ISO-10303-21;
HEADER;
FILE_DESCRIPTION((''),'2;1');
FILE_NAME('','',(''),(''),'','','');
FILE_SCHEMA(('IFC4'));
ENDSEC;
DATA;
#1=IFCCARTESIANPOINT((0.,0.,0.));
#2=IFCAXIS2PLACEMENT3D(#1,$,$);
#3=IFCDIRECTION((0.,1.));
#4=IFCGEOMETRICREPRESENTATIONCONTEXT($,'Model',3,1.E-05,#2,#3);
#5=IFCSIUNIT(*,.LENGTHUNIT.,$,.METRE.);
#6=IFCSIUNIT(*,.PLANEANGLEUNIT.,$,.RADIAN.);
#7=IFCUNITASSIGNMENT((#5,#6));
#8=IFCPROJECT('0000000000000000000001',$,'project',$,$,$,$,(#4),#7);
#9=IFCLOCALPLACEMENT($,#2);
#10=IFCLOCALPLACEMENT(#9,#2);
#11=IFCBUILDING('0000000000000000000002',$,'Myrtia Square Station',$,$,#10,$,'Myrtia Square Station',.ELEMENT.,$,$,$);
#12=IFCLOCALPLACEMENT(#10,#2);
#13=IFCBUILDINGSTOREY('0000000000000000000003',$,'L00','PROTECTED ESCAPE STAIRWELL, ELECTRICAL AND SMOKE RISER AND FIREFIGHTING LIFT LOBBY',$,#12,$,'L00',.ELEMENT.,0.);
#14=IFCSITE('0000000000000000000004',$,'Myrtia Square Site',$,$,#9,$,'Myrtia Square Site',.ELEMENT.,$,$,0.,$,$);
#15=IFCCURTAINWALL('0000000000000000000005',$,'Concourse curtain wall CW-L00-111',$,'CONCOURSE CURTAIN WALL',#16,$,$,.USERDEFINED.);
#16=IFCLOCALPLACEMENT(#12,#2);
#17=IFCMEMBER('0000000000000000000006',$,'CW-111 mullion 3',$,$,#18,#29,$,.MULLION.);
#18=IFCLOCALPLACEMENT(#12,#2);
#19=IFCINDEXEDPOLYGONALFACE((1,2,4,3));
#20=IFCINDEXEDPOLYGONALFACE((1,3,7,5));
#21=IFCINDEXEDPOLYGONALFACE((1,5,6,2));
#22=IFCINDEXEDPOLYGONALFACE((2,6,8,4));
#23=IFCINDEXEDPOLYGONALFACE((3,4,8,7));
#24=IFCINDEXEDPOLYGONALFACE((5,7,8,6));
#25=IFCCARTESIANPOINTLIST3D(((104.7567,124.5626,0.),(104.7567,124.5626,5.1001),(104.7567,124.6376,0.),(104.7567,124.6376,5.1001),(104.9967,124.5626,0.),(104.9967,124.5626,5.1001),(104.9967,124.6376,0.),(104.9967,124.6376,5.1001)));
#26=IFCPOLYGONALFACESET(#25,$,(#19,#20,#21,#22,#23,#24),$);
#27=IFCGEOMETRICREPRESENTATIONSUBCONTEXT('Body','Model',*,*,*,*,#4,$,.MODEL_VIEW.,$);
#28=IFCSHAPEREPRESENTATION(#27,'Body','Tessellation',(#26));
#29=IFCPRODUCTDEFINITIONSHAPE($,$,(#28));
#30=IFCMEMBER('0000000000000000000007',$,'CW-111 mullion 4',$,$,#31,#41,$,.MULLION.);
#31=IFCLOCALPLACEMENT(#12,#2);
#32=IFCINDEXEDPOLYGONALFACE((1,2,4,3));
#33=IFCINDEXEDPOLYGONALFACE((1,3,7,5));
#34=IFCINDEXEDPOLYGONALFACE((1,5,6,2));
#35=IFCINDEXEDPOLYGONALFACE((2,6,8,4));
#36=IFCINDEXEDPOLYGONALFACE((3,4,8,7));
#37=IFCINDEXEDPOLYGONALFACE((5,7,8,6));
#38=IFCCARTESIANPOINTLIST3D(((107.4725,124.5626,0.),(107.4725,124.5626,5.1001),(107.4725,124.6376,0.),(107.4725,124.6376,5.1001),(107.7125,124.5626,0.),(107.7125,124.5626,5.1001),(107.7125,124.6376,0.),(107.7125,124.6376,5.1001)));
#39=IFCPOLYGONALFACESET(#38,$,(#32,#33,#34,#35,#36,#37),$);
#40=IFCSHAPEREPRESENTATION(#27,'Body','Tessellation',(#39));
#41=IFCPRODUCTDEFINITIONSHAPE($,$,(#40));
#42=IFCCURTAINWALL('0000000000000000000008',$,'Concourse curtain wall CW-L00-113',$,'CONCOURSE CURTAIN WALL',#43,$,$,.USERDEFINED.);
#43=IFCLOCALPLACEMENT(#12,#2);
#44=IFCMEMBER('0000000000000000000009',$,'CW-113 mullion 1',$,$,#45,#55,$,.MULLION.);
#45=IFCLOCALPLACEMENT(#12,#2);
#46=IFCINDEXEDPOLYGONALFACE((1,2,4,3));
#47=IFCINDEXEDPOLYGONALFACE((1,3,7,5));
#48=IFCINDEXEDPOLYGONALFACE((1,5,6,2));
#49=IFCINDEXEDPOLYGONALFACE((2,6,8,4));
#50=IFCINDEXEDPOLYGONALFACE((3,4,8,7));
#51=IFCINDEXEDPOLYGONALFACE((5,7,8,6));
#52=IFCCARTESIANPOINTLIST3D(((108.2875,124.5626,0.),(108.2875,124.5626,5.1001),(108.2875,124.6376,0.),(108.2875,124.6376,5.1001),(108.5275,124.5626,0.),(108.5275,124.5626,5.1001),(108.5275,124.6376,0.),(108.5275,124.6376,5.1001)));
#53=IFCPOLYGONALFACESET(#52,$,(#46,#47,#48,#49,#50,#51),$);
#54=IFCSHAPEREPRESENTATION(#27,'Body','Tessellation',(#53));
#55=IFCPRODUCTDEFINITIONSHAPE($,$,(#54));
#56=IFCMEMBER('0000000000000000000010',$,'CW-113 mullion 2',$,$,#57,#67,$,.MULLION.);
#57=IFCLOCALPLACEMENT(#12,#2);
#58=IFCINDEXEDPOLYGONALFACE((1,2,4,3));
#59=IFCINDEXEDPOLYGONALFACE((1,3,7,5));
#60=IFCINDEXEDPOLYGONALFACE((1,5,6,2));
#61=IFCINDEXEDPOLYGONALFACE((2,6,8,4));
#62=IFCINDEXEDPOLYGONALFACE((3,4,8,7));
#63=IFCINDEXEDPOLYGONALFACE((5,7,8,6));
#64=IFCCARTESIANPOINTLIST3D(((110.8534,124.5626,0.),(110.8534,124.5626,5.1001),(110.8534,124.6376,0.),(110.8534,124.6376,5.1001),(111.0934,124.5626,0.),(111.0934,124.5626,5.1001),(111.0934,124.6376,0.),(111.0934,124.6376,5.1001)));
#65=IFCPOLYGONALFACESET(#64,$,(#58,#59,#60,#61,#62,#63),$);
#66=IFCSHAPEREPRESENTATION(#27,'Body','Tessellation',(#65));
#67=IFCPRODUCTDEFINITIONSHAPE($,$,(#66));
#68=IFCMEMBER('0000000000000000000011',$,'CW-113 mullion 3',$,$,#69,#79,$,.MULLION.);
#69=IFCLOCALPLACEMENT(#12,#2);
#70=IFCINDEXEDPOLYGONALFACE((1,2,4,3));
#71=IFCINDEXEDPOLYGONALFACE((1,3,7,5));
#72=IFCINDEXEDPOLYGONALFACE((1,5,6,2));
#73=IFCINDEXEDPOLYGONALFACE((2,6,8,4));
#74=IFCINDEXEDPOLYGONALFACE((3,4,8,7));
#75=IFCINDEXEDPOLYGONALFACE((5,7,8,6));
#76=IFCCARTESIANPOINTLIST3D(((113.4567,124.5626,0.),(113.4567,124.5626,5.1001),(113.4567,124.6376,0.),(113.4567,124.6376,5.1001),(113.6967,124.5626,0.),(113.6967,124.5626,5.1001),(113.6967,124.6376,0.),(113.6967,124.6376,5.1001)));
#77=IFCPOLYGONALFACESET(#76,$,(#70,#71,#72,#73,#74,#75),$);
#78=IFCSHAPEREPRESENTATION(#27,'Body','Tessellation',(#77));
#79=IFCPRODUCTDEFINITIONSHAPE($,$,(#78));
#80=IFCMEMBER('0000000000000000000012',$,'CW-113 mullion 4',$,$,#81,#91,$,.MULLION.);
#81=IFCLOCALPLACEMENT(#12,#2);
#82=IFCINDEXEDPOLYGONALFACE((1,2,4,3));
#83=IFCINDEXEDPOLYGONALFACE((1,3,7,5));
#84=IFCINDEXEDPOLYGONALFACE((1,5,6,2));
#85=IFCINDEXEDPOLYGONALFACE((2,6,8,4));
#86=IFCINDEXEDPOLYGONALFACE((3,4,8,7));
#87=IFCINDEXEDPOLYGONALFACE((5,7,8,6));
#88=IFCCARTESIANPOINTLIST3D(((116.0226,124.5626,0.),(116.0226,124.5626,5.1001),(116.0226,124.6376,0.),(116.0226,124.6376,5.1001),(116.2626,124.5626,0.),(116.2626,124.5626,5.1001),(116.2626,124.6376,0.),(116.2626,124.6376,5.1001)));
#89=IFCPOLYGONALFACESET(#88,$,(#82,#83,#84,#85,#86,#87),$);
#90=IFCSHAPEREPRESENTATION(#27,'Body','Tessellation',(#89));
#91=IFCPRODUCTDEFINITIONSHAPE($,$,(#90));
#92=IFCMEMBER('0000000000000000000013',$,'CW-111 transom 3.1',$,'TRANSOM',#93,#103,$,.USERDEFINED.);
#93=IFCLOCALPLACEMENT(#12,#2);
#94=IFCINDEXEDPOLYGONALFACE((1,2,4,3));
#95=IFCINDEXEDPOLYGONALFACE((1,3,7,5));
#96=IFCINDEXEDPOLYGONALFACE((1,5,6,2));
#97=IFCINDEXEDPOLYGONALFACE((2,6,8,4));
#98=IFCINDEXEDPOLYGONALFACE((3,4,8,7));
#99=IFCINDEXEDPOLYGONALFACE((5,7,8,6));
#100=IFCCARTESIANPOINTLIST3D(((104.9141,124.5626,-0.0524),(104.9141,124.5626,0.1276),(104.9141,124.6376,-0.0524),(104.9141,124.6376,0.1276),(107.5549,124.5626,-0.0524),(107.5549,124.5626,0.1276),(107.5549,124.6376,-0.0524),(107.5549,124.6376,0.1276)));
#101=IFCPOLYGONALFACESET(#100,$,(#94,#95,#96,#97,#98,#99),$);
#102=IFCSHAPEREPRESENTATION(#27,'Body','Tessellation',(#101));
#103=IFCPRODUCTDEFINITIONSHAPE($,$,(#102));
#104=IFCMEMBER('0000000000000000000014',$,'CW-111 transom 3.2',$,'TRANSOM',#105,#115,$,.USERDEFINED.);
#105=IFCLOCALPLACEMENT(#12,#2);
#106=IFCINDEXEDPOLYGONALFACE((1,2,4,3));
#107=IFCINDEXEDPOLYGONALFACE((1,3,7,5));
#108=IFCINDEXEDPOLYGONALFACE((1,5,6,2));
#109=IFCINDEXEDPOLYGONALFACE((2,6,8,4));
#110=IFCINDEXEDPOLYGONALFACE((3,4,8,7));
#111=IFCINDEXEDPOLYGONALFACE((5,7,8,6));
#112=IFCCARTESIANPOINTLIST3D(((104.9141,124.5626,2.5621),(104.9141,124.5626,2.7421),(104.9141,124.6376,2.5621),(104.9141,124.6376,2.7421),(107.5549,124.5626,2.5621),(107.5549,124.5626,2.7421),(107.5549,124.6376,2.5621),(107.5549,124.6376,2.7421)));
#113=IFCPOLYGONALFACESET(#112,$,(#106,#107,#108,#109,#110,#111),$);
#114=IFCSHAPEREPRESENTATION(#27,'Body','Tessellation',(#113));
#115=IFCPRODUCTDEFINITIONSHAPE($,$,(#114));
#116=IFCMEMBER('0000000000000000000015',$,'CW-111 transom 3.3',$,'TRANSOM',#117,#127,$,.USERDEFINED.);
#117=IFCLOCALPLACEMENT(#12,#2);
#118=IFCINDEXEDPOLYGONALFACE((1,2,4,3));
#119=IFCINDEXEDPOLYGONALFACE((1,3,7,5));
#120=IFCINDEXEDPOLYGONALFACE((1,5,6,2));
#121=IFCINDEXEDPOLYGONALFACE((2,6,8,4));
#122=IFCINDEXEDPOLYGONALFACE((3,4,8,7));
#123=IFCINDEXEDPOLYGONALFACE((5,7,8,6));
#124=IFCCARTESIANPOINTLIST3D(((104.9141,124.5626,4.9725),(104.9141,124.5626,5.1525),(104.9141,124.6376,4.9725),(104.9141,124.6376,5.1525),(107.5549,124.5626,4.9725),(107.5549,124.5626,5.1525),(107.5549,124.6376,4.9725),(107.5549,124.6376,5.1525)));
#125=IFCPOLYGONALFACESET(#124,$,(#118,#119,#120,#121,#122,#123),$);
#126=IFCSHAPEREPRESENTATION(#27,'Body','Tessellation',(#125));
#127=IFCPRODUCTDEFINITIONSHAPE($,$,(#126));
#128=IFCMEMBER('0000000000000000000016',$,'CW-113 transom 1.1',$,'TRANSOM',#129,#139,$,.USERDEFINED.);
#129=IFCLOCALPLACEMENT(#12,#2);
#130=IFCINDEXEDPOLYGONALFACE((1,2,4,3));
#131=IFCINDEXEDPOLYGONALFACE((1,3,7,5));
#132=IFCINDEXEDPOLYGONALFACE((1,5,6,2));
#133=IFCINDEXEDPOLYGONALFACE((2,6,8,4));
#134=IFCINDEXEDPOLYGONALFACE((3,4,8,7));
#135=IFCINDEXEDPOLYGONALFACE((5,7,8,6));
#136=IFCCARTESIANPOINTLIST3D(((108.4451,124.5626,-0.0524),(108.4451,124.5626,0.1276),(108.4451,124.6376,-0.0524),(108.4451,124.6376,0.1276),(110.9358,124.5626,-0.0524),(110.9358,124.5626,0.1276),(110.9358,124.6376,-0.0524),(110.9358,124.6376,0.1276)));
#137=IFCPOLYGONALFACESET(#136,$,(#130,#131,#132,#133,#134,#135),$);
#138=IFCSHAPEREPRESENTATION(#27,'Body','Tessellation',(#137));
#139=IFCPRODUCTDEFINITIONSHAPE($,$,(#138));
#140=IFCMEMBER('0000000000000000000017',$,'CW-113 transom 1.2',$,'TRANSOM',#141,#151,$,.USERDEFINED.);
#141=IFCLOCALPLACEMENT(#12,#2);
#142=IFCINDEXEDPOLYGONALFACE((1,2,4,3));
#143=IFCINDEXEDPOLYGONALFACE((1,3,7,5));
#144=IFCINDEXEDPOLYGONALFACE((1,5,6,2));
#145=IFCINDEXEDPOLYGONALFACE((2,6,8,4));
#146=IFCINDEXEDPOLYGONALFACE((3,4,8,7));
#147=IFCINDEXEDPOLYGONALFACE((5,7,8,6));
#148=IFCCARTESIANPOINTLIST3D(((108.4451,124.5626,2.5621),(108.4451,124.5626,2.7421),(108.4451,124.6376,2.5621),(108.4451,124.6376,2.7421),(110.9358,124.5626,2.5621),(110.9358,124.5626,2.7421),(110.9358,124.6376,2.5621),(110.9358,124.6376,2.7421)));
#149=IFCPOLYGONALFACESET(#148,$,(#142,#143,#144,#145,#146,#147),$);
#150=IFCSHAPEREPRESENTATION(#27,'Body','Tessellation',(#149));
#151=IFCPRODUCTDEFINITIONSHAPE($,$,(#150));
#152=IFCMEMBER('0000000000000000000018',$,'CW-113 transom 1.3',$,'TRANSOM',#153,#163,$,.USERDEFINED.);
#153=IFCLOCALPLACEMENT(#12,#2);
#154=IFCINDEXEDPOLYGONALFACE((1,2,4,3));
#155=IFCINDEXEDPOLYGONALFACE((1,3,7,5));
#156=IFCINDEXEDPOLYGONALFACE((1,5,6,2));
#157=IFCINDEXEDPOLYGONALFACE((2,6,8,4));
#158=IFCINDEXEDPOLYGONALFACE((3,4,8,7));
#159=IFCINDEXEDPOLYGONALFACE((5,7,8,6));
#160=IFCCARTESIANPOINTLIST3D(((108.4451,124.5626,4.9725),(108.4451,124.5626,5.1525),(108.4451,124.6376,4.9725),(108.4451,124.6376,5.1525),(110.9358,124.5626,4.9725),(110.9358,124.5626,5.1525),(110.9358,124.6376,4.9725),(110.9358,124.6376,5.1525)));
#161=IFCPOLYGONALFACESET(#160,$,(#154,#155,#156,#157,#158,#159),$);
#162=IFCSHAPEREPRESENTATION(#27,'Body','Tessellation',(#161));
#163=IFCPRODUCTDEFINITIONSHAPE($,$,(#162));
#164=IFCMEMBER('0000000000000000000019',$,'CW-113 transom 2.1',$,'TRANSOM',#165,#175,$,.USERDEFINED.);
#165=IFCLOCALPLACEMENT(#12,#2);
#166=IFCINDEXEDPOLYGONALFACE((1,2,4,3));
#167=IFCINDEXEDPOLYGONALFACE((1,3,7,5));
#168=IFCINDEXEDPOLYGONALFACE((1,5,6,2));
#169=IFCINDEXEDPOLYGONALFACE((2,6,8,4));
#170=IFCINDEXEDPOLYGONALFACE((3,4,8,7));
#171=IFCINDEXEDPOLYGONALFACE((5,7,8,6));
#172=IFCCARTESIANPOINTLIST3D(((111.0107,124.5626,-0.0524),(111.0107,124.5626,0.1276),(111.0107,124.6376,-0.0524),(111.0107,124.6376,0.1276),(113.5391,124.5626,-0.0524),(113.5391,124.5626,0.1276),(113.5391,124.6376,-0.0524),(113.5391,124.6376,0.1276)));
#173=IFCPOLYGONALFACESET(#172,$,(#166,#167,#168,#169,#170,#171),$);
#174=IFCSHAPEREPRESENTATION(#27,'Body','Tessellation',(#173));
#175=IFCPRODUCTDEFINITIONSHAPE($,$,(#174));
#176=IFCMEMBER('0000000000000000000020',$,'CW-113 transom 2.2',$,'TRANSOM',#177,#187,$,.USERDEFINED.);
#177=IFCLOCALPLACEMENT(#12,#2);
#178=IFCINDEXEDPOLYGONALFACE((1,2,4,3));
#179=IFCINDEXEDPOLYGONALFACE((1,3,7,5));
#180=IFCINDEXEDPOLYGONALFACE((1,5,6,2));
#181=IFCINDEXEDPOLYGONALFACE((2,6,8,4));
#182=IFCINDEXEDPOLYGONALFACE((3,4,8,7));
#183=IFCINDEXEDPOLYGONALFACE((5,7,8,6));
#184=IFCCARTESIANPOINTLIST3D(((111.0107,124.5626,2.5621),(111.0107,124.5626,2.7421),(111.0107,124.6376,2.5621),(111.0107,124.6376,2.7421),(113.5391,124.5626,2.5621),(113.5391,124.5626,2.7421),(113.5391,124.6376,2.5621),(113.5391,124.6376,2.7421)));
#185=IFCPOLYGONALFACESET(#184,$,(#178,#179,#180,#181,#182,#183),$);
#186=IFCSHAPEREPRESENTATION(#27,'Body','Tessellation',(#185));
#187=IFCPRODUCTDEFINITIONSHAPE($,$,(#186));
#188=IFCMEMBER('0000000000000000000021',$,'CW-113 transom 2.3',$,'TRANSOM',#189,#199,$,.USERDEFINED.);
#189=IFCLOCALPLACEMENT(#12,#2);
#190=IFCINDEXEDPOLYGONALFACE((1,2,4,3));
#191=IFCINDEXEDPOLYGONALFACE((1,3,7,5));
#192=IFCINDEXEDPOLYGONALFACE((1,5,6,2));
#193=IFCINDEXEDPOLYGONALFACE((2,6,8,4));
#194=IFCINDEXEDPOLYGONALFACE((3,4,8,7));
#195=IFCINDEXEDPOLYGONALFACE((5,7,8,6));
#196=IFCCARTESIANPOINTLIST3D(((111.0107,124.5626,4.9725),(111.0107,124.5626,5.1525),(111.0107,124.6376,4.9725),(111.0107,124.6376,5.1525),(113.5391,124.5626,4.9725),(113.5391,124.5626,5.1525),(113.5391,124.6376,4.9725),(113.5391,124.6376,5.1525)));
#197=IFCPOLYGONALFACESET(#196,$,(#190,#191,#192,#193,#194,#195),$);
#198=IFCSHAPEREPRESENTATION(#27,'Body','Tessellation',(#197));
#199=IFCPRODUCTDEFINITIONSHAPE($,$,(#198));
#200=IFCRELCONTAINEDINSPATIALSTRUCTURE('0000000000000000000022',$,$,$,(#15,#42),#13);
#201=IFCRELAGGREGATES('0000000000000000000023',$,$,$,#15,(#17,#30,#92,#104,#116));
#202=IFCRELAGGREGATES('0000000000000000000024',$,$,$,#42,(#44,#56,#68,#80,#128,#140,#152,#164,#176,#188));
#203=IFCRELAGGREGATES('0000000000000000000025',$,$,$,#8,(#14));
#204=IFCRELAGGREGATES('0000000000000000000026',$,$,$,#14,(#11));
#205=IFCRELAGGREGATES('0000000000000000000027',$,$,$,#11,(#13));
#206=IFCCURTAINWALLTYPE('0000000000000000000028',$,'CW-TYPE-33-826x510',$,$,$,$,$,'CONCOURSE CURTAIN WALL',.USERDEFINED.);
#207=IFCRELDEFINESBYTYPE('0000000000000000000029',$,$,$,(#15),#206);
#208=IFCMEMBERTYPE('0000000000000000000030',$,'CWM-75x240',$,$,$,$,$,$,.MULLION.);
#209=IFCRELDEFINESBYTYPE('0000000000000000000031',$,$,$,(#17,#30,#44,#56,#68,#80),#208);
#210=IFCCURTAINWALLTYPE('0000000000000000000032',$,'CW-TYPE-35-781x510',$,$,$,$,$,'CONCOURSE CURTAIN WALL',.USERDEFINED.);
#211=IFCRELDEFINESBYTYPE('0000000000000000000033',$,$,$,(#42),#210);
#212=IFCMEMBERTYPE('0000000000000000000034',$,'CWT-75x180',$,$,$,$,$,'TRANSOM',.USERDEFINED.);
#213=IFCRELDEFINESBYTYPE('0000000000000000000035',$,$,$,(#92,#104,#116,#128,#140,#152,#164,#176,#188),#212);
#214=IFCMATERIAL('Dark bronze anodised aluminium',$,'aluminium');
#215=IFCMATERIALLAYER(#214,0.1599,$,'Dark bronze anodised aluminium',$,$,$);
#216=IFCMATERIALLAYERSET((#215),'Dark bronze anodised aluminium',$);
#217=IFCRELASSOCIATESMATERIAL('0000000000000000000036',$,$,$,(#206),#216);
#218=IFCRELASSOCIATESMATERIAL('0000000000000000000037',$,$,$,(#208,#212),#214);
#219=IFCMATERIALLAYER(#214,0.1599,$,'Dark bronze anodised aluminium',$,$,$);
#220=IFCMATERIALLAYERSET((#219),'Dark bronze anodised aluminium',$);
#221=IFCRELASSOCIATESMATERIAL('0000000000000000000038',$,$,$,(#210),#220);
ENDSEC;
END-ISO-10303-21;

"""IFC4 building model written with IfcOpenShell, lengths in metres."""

from ifc_helpers import new_model, si_unit, direction, frame, origin, origin_2d, place, context, subcontext, project, spatial, rectangle, extrude, material, layer, layer_set, material_profile, profile_set, type_object, element, aggregate, save


model = new_model("IFC4")

# Units and contexts
model_context = context("Model", 3, precision=1e-05, world=origin(), true_north=direction((0.0, 1.0)))
body_context = subcontext(model_context, "Body", "Model", "MODEL_VIEW")
ifc_project = project(units=[si_unit("LENGTHUNIT", "METRE"), si_unit("PLANEANGLEUNIT", "RADIAN")], contexts=[model_context])

# Site, building, storey
site_placement = place(None, origin())
site = spatial("IfcSite", under=ifc_project, at=site_placement, Name="Myrtia Square Site", LongName="Myrtia Square Site", CompositionType="ELEMENT", RefElevation=0.0)
building_placement = place(site_placement, origin())
building = spatial("IfcBuilding", under=site, at=building_placement, Name="Myrtia Square Station", LongName="Myrtia Square Station", CompositionType="ELEMENT")
storey_placement = place(building_placement, origin())
storey = spatial("IfcBuildingStorey", under=building, at=storey_placement, Name="L00", Description="PROTECTED ESCAPE STAIRWELL, ELECTRICAL AND SMOKE RISER AND FIREFIGHTING LIFT LOBBY", LongName="L00", CompositionType="ELEMENT", Elevation=0.0)

# Curtain walls, members
ifc_material_1 = material(Name="Dark bronze anodised aluminium", Category="aluminium")
ifc_layer_1 = layer(ifc_material_1, 0.1599, Name="Dark bronze anodised aluminium")
ifc_layer_set_1 = layer_set([ifc_layer_1], Name="Dark bronze anodised aluminium")
curtain_wall_type_1 = type_object("IfcCurtainWallType", Name="CW-TYPE-33-826x510", ElementType="CONCOURSE CURTAIN WALL", PredefinedType="USERDEFINED", material=ifc_layer_set_1)
curtain_wall_1_placement = place(storey_placement, origin())
curtain_wall_1 = element("IfcCurtainWall", 1, at=curtain_wall_1_placement, inside=storey, type_object=curtain_wall_type_1, Name="Concourse curtain wall CW-L00-111", ObjectType="CONCOURSE CURTAIN WALL", PredefinedType="USERDEFINED")
ifc_material_profile_1 = material_profile(ifc_material_1, rectangle(XDim=0.075, YDim=0.24, at=origin_2d()), Name="ALU-M 75x240")
ifc_profile_set_1 = profile_set([ifc_material_profile_1], Name="Dark bronze anodised aluminium")
member_type_1 = type_object("IfcMemberType", Name="CWM-75x240", PredefinedType="MULLION", material=ifc_profile_set_1)
member_1_placement = place(storey_placement, frame((104.8767, 124.6001, 0.0), z_axis=(0.0, 0.0, 1.0), x_axis=(0.0, 1.0, 0.0)))
member_1 = element("IfcMember", 2, at=member_1_placement, type_object=member_type_1, Name="CW-111 mullion 3", PredefinedType="MULLION", context=body_context, shape_type="SweptSolid", body=[
    extrude(rectangle(XDim=0.075, YDim=0.24, at=origin_2d()), origin(), (0.0, 0.0, 1.0), 5.1001),
])
member_2_placement = place(storey_placement, frame((107.5925, 124.6001, 0.0), z_axis=(0.0, 0.0, 1.0), x_axis=(0.0, 1.0, 0.0)))
member_2 = element("IfcMember", 3, at=member_2_placement, type_object=member_type_1, Name="CW-111 mullion 4", PredefinedType="MULLION", context=body_context, shape_type="SweptSolid", body=[
    extrude(rectangle(XDim=0.075, YDim=0.24, at=origin_2d()), origin(), (0.0, 0.0, 1.0), 5.1001),
])
ifc_layer_2 = layer(ifc_material_1, 0.1599, Name="Dark bronze anodised aluminium")
ifc_layer_set_2 = layer_set([ifc_layer_2], Name="Dark bronze anodised aluminium")
curtain_wall_type_2 = type_object("IfcCurtainWallType", Name="CW-TYPE-35-781x510", ElementType="CONCOURSE CURTAIN WALL", PredefinedType="USERDEFINED", material=ifc_layer_set_2)
curtain_wall_2_placement = place(storey_placement, origin())
curtain_wall_2 = element("IfcCurtainWall", 4, at=curtain_wall_2_placement, inside=storey, type_object=curtain_wall_type_2, Name="Concourse curtain wall CW-L00-113", ObjectType="CONCOURSE CURTAIN WALL", PredefinedType="USERDEFINED")
member_3_placement = place(storey_placement, frame((108.4075, 124.6001, 0.0), z_axis=(0.0, 0.0, 1.0), x_axis=(0.0, 1.0, 0.0)))
member_3 = element("IfcMember", 5, at=member_3_placement, type_object=member_type_1, Name="CW-113 mullion 1", PredefinedType="MULLION", context=body_context, shape_type="SweptSolid", body=[
    extrude(rectangle(XDim=0.075, YDim=0.24, at=origin_2d()), origin(), (0.0, 0.0, 1.0), 5.1001),
])
member_4_placement = place(storey_placement, frame((110.9734, 124.6001, 0.0), z_axis=(0.0, 0.0, 1.0), x_axis=(0.0, 1.0, 0.0)))
member_4 = element("IfcMember", 6, at=member_4_placement, type_object=member_type_1, Name="CW-113 mullion 2", PredefinedType="MULLION", context=body_context, shape_type="SweptSolid", body=[
    extrude(rectangle(XDim=0.075, YDim=0.24, at=origin_2d()), origin(), (0.0, 0.0, 1.0), 5.1001),
])
member_5_placement = place(storey_placement, frame((113.5767, 124.6001, 0.0), z_axis=(0.0, 0.0, 1.0), x_axis=(0.0, 1.0, 0.0)))
member_5 = element("IfcMember", 7, at=member_5_placement, type_object=member_type_1, Name="CW-113 mullion 3", PredefinedType="MULLION", context=body_context, shape_type="SweptSolid", body=[
    extrude(rectangle(XDim=0.075, YDim=0.24, at=origin_2d()), origin(), (0.0, 0.0, 1.0), 5.1001),
])
member_6_placement = place(storey_placement, frame((116.1426, 124.6001, 0.0), z_axis=(0.0, 0.0, 1.0), x_axis=(0.0, 1.0, 0.0)))
member_6 = element("IfcMember", 8, at=member_6_placement, type_object=member_type_1, Name="CW-113 mullion 4", PredefinedType="MULLION", context=body_context, shape_type="SweptSolid", body=[
    extrude(rectangle(XDim=0.075, YDim=0.24, at=origin_2d()), origin(), (0.0, 0.0, 1.0), 5.1001),
])

# Members
ifc_material_profile_2 = material_profile(ifc_material_1, rectangle(XDim=0.075, YDim=0.1799, at=origin_2d()), Name="ALU-T 75x180")
ifc_profile_set_2 = profile_set([ifc_material_profile_2], Name="Dark bronze anodised aluminium")
member_type_2 = type_object("IfcMemberType", Name="CWT-75x180", ElementType="TRANSOM", PredefinedType="USERDEFINED", material=ifc_profile_set_2)
member_7_placement = place(storey_placement, frame((104.9141, 124.6001, 0.0376), z_axis=(1.0, 0.0, 0.0), x_axis=(0.0, 1.0, 0.0)))
member_7 = element("IfcMember", 9, at=member_7_placement, type_object=member_type_2, Name="CW-111 transom 3.1", ObjectType="TRANSOM", PredefinedType="USERDEFINED", context=body_context, shape_type="SweptSolid", body=[
    extrude(rectangle(XDim=0.075, YDim=0.1799, at=origin_2d()), origin(), (0.0, 0.0, 1.0), 2.6409),
])
member_8_placement = place(storey_placement, frame((104.9141, 124.6001, 2.6521), z_axis=(1.0, 0.0, 0.0), x_axis=(0.0, 1.0, 0.0)))
member_8 = element("IfcMember", 10, at=member_8_placement, type_object=member_type_2, Name="CW-111 transom 3.2", ObjectType="TRANSOM", PredefinedType="USERDEFINED", context=body_context, shape_type="SweptSolid", body=[
    extrude(rectangle(XDim=0.075, YDim=0.1799, at=origin_2d()), origin(), (0.0, 0.0, 1.0), 2.6409),
])
member_9_placement = place(storey_placement, frame((104.9141, 124.6001, 5.0625), z_axis=(1.0, 0.0, 0.0), x_axis=(0.0, 1.0, 0.0)))
member_9 = element("IfcMember", 11, at=member_9_placement, type_object=member_type_2, Name="CW-111 transom 3.3", ObjectType="TRANSOM", PredefinedType="USERDEFINED", context=body_context, shape_type="SweptSolid", body=[
    extrude(rectangle(XDim=0.075, YDim=0.1799, at=origin_2d()), origin(), (0.0, 0.0, 1.0), 2.6409),
])
member_10_placement = place(storey_placement, frame((108.4451, 124.6001, 0.0376), z_axis=(1.0, 0.0, 0.0), x_axis=(0.0, 1.0, 0.0)))
member_10 = element("IfcMember", 12, at=member_10_placement, type_object=member_type_2, Name="CW-113 transom 1.1", ObjectType="TRANSOM", PredefinedType="USERDEFINED", context=body_context, shape_type="SweptSolid", body=[
    extrude(rectangle(XDim=0.075, YDim=0.1799, at=origin_2d()), origin(), (0.0, 0.0, 1.0), 2.4907),
])
member_11_placement = place(storey_placement, frame((108.4451, 124.6001, 2.6521), z_axis=(1.0, 0.0, 0.0), x_axis=(0.0, 1.0, 0.0)))
member_11 = element("IfcMember", 13, at=member_11_placement, type_object=member_type_2, Name="CW-113 transom 1.2", ObjectType="TRANSOM", PredefinedType="USERDEFINED", context=body_context, shape_type="SweptSolid", body=[
    extrude(rectangle(XDim=0.075, YDim=0.1799, at=origin_2d()), origin(), (0.0, 0.0, 1.0), 2.4907),
])
member_12_placement = place(storey_placement, frame((108.4451, 124.6001, 5.0625), z_axis=(1.0, 0.0, 0.0), x_axis=(0.0, 1.0, 0.0)))
member_12 = element("IfcMember", 14, at=member_12_placement, type_object=member_type_2, Name="CW-113 transom 1.3", ObjectType="TRANSOM", PredefinedType="USERDEFINED", context=body_context, shape_type="SweptSolid", body=[
    extrude(rectangle(XDim=0.075, YDim=0.1799, at=origin_2d()), origin(), (0.0, 0.0, 1.0), 2.4907),
])
member_13_placement = place(storey_placement, frame((111.0107, 124.6001, 0.0376), z_axis=(1.0, 0.0, 0.0), x_axis=(0.0, 1.0, 0.0)))
member_13 = element("IfcMember", 15, at=member_13_placement, type_object=member_type_2, Name="CW-113 transom 2.1", ObjectType="TRANSOM", PredefinedType="USERDEFINED", context=body_context, shape_type="SweptSolid", body=[
    extrude(rectangle(XDim=0.075, YDim=0.1799, at=origin_2d()), origin(), (0.0, 0.0, 1.0), 2.5283),
])
member_14_placement = place(storey_placement, frame((111.0107, 124.6001, 2.6521), z_axis=(1.0, 0.0, 0.0), x_axis=(0.0, 1.0, 0.0)))
member_14 = element("IfcMember", 16, at=member_14_placement, type_object=member_type_2, Name="CW-113 transom 2.2", ObjectType="TRANSOM", PredefinedType="USERDEFINED", context=body_context, shape_type="SweptSolid", body=[
    extrude(rectangle(XDim=0.075, YDim=0.1799, at=origin_2d()), origin(), (0.0, 0.0, 1.0), 2.5283),
])
member_15_placement = place(storey_placement, frame((111.0107, 124.6001, 5.0625), z_axis=(1.0, 0.0, 0.0), x_axis=(0.0, 1.0, 0.0)))
member_15 = element("IfcMember", 17, at=member_15_placement, type_object=member_type_2, Name="CW-113 transom 2.3", ObjectType="TRANSOM", PredefinedType="USERDEFINED", context=body_context, shape_type="SweptSolid", body=[
    extrude(rectangle(XDim=0.075, YDim=0.1799, at=origin_2d()), origin(), (0.0, 0.0, 1.0), 2.5283),
])

aggregate(curtain_wall_1, [member_1, member_2, member_7, member_8, member_9])
aggregate(curtain_wall_2, [member_3, member_4, member_5, member_6, member_10, member_11, member_12, member_13, member_14, member_15])

save(model, "model.ifc")
